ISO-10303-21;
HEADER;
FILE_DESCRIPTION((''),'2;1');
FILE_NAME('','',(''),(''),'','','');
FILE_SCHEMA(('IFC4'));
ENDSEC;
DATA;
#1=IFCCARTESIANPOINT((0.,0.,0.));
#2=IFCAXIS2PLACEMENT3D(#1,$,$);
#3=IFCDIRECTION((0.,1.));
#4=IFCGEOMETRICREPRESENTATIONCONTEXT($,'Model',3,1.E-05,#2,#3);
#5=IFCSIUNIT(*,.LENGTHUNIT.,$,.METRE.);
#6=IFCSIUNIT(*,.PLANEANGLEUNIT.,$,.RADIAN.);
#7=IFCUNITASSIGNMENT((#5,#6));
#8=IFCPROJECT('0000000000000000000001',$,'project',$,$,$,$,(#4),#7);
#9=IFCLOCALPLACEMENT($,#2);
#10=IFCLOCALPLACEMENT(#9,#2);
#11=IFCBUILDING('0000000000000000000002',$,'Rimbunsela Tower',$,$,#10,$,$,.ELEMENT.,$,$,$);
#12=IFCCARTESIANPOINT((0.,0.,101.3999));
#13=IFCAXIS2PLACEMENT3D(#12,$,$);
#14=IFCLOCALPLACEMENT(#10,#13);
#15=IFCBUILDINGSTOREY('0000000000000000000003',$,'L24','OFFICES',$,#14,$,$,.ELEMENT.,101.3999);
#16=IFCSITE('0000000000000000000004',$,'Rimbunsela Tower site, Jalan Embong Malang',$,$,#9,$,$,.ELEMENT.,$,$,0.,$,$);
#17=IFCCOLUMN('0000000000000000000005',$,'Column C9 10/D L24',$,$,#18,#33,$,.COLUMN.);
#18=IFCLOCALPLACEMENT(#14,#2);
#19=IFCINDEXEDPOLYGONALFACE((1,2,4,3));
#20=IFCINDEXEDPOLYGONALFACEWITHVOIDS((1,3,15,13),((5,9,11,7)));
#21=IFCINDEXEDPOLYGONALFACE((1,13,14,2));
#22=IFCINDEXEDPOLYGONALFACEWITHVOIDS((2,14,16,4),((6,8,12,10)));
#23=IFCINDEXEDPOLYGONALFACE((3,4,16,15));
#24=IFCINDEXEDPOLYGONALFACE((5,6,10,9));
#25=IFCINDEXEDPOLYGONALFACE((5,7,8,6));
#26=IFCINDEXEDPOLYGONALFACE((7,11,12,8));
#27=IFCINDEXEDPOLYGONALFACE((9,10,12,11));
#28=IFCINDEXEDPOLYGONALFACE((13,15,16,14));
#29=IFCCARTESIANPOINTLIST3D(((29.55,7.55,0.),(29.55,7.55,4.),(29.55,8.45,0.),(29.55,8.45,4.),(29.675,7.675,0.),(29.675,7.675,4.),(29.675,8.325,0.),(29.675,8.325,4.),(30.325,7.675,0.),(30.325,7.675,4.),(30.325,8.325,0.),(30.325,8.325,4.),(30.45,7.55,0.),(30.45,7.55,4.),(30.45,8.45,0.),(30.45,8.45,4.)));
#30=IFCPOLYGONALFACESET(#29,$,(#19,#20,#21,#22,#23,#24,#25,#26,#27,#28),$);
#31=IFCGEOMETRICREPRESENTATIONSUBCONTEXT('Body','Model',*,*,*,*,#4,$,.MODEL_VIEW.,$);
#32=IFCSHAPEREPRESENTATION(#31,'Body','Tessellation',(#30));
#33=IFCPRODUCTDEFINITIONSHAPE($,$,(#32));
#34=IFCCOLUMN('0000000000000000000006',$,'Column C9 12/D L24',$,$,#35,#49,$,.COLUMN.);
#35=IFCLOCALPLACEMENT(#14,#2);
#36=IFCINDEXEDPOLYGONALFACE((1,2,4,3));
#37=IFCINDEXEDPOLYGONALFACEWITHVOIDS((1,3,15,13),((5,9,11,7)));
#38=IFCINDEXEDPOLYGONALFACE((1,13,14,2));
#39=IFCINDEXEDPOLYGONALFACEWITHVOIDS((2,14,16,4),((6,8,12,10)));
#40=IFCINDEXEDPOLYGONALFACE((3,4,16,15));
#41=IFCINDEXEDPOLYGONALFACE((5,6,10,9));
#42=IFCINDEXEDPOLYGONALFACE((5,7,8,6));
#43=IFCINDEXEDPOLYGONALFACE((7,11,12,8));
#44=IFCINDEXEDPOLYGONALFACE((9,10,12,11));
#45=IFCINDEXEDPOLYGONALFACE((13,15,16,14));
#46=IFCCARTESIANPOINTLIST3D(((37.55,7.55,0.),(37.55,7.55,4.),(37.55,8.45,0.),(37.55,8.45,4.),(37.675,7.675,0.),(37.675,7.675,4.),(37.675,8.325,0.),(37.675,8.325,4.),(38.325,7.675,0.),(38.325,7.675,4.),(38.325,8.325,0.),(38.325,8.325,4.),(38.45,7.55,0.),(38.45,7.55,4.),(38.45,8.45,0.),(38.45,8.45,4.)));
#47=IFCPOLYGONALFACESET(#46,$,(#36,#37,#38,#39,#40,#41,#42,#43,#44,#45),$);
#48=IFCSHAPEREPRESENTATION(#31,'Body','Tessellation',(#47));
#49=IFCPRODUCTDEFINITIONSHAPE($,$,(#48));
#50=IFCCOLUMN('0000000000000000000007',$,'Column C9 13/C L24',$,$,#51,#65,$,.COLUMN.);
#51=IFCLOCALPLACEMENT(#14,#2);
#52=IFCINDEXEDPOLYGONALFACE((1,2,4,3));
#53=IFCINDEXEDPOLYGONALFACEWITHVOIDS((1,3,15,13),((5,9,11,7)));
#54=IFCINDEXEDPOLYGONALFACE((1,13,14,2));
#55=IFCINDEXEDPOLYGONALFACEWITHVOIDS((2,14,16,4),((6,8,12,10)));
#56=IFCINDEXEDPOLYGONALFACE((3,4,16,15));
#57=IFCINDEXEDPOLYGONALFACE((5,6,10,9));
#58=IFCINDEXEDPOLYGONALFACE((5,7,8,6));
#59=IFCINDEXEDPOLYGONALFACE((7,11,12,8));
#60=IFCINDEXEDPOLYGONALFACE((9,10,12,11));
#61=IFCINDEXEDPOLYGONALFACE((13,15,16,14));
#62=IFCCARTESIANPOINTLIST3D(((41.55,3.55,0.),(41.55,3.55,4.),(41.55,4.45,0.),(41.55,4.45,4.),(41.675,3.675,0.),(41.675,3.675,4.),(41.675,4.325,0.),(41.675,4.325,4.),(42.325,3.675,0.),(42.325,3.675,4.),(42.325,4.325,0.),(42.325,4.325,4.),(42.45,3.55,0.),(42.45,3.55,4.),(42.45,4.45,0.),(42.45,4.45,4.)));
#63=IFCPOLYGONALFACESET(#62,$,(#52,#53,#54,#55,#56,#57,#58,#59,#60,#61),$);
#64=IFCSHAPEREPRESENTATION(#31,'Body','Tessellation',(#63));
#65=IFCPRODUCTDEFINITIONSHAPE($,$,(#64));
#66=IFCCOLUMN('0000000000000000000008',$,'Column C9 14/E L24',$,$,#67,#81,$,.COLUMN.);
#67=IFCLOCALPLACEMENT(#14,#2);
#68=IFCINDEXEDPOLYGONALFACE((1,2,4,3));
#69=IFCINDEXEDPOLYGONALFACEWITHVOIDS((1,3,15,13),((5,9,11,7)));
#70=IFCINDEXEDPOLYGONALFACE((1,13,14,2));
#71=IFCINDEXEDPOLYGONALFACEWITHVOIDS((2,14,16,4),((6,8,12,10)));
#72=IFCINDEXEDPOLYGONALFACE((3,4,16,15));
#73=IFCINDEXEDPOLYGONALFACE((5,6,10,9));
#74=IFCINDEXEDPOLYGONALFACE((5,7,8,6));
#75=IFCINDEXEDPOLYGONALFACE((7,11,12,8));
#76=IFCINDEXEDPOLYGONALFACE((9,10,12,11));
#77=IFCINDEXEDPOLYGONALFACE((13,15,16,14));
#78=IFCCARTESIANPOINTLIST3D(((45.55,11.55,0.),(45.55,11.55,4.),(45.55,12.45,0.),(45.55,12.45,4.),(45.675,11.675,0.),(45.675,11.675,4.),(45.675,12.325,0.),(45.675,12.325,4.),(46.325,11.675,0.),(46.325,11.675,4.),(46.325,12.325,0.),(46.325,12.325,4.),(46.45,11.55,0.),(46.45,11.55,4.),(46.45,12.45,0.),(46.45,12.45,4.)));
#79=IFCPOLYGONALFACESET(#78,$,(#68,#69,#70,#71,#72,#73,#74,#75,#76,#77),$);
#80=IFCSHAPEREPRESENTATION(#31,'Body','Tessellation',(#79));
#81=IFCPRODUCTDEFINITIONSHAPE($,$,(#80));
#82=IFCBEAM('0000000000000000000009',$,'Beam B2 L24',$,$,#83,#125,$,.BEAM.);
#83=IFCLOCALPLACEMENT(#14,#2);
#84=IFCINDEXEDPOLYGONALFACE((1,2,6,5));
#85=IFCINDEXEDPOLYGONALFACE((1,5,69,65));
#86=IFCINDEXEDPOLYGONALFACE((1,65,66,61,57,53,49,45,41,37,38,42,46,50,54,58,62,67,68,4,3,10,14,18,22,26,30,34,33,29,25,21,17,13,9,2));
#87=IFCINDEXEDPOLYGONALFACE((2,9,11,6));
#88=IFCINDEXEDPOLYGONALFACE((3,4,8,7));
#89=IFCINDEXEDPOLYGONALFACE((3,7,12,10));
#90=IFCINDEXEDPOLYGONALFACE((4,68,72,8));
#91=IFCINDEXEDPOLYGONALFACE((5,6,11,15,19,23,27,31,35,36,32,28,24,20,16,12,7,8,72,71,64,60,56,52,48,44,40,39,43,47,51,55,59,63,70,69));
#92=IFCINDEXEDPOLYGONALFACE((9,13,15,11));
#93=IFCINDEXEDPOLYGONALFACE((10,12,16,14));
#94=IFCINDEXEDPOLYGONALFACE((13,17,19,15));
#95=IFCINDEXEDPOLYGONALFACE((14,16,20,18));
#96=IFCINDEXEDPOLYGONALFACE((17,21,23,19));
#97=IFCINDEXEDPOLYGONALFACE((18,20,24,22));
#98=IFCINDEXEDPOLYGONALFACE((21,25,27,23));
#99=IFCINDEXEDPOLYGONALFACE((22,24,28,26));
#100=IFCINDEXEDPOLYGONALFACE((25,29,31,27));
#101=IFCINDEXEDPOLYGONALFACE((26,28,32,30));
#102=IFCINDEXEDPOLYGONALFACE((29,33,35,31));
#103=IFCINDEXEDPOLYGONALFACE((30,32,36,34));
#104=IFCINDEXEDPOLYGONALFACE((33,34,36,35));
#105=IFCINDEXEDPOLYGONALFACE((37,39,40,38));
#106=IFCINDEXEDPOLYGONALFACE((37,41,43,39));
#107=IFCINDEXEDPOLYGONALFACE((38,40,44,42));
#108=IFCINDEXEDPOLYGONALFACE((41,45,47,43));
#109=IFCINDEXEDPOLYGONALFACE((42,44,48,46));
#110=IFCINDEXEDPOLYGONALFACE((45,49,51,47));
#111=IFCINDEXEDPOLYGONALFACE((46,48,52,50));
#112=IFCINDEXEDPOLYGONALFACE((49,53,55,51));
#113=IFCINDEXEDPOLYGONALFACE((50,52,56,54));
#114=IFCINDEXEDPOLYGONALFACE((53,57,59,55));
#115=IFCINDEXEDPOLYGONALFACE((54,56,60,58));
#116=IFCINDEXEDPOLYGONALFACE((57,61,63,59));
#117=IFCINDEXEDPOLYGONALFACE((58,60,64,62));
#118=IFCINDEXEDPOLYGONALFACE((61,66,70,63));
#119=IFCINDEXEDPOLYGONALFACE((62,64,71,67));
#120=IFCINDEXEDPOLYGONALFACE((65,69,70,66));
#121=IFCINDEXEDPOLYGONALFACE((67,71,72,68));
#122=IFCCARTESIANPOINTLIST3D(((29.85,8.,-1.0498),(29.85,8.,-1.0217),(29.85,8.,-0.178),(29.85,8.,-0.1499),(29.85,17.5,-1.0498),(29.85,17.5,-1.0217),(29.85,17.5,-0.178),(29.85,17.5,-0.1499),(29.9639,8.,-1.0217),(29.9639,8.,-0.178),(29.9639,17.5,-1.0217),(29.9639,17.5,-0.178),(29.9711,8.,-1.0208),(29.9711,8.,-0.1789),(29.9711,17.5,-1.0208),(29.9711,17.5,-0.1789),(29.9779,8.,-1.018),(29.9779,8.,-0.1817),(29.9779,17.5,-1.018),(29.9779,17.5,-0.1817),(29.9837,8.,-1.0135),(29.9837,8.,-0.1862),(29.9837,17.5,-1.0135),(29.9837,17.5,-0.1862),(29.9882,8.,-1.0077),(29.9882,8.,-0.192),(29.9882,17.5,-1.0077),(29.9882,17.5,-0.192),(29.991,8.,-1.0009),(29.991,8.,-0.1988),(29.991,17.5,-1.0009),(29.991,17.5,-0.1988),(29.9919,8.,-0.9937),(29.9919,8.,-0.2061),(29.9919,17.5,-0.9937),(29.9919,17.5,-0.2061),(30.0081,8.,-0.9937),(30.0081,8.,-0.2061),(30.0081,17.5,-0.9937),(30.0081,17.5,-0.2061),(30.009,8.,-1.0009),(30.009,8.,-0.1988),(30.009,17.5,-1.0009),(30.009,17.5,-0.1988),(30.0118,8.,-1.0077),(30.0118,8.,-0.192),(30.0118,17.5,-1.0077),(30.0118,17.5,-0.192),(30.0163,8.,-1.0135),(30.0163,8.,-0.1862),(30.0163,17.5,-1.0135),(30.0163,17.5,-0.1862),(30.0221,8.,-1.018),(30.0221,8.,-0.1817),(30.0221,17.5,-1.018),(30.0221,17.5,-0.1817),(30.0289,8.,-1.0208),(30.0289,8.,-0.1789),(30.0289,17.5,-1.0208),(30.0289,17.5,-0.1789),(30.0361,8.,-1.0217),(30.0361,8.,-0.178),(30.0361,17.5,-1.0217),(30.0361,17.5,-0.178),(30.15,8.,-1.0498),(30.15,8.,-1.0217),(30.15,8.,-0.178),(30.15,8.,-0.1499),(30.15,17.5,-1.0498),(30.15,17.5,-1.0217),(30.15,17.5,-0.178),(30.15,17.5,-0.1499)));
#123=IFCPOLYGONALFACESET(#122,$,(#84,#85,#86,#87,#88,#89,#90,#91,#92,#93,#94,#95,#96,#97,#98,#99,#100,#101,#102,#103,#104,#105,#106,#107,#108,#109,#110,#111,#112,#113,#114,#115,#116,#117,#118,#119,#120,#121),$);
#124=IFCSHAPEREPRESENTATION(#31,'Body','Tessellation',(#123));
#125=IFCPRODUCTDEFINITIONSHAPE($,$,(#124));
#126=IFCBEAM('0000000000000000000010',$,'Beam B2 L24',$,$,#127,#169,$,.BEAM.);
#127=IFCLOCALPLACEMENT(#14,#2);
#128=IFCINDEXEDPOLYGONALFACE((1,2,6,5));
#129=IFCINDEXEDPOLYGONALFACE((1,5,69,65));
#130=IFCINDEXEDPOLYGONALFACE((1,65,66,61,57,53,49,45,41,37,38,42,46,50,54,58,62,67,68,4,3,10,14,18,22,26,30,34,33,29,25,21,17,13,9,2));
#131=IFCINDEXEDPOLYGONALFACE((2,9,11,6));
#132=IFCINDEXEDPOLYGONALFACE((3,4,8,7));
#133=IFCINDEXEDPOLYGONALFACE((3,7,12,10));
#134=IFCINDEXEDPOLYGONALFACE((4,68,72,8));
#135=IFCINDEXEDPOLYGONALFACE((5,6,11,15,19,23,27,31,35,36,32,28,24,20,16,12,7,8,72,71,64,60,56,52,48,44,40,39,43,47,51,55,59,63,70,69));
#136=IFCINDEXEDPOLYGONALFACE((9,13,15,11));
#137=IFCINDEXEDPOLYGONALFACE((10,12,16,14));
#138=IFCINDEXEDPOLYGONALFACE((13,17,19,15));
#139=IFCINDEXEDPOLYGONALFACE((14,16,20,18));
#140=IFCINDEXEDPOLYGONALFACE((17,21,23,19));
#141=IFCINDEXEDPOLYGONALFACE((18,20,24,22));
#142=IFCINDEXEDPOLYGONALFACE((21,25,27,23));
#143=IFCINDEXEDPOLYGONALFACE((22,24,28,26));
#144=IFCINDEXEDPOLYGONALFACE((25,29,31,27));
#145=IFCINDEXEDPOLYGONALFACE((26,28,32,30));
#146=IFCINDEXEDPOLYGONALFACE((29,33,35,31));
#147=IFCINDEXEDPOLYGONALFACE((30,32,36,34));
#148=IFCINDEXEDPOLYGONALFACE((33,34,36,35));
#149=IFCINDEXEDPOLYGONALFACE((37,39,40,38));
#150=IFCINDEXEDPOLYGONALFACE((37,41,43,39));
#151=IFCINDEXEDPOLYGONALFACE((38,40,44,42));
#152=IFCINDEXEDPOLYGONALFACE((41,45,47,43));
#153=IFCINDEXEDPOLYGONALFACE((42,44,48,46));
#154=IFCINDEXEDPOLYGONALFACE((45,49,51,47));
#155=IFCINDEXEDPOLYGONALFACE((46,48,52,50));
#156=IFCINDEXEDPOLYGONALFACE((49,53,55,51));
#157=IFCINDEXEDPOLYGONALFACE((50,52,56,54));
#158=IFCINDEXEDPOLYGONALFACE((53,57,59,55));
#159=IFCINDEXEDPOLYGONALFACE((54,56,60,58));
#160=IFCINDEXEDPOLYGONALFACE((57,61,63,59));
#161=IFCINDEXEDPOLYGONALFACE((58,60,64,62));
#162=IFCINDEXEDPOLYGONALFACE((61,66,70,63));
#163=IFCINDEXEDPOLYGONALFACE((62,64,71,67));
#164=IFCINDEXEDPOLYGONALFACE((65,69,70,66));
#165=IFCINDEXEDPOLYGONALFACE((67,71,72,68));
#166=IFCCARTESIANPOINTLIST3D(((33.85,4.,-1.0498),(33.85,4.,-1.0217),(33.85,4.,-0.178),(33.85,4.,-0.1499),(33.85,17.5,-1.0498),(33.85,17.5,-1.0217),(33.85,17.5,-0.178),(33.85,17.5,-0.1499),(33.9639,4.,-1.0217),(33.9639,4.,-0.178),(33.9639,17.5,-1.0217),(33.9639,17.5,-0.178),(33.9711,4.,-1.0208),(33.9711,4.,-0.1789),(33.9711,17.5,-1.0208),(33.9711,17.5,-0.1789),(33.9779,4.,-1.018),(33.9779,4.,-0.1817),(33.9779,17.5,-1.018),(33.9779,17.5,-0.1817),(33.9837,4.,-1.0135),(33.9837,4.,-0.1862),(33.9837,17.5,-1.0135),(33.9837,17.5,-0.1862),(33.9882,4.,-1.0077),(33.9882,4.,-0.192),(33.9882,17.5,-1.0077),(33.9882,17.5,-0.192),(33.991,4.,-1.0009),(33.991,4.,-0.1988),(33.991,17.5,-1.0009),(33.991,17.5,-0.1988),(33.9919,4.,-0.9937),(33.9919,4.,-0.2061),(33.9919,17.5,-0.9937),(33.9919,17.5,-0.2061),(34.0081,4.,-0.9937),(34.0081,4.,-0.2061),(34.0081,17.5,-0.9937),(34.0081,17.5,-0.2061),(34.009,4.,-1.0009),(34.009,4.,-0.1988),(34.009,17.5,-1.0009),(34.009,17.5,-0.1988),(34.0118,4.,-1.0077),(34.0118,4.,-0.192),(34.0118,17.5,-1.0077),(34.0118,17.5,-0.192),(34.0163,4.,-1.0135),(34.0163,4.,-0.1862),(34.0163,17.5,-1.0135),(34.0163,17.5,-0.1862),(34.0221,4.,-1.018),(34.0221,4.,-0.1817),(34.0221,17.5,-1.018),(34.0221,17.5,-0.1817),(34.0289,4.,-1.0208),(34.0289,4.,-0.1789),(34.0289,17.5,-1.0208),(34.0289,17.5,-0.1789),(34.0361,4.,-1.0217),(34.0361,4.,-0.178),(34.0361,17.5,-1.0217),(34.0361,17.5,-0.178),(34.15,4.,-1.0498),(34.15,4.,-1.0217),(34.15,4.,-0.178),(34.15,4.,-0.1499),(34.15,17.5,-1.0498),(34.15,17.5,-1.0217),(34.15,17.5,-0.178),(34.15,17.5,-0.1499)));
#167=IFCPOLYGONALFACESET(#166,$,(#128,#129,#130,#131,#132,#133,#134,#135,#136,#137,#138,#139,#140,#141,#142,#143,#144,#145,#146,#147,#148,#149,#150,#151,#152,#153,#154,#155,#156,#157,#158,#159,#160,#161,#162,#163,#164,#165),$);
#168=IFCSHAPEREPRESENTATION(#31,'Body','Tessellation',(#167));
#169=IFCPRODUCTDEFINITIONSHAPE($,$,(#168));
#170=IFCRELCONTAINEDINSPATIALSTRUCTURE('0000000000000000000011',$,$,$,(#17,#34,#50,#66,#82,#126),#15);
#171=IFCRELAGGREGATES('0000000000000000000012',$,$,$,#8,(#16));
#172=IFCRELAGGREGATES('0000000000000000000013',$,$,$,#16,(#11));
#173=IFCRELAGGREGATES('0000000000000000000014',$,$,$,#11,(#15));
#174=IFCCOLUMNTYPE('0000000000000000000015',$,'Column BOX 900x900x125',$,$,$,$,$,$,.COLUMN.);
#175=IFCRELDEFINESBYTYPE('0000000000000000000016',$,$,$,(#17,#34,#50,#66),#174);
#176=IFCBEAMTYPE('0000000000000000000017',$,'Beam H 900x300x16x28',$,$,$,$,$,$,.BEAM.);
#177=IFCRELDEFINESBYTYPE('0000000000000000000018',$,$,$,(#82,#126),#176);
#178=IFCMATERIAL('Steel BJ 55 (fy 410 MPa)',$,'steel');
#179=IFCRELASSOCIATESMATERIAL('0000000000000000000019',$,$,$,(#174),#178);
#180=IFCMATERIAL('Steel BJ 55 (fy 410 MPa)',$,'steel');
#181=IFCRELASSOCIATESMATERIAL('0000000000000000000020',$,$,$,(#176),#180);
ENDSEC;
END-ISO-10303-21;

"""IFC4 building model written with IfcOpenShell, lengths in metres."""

from ifc_helpers import new_model, si_unit, direction, frame, origin, origin_2d, place, context, subcontext, project, spatial, hollow_rectangle, i_section, extrude, material, material_profile, profile_set, type_object, element, save


model = new_model("IFC4")

# Units and contexts
model_context = context("Model", 3, precision=1e-05, world=origin(), true_north=direction((0.0, 1.0)))
body_context = subcontext(model_context, "Body", "Model", "MODEL_VIEW")
ifc_project = project(units=[si_unit("LENGTHUNIT", "METRE"), si_unit("PLANEANGLEUNIT", "RADIAN")], contexts=[model_context])

# Site, building, storey
site_placement = place(None, origin())
site = spatial("IfcSite", under=ifc_project, at=site_placement, Name="Rimbunsela Tower site, Jalan Embong Malang", CompositionType="ELEMENT", RefElevation=0.0)
building_placement = place(site_placement, origin())
building = spatial("IfcBuilding", under=site, at=building_placement, Name="Rimbunsela Tower", CompositionType="ELEMENT")
storey_placement = place(building_placement, frame((0.0, 0.0, 101.3999)))
storey = spatial("IfcBuildingStorey", under=building, at=storey_placement, Name="L24", Description="OFFICES", CompositionType="ELEMENT", Elevation=101.3999)

# Columns
ifc_material_1 = material(Name="Steel BJ 55 (fy 410 MPa)", Category="steel")
ifc_material_profile_1 = material_profile(ifc_material_1, hollow_rectangle(XDim=0.8999, YDim=0.8999, WallThickness=0.125, at=origin_2d()), Name="BOX 900x900x125")
ifc_profile_set_1 = profile_set([ifc_material_profile_1], Name="Steel BJ 55 (fy 410 MPa)")
column_type = type_object("IfcColumnType", Name="Column BOX 900x900x125", PredefinedType="COLUMN", material=ifc_profile_set_1)
for number, where, z_axis, x_axis, name in (
    (1, (30.0, 8.0, 0.0), (0.0, 0.0, 1.0), (1.0, 0.0, 0.0), "Column C9 10/D L24"),
    (2, (38.0, 8.0, 0.0), (0.0, 0.0, 1.0), (1.0, 0.0, 0.0), "Column C9 12/D L24"),
    (3, (42.0, 4.0, 0.0), (0.0, 0.0, 1.0), (1.0, 0.0, 0.0), "Column C9 13/C L24"),
    (4, (46.0, 12.0, 0.0), (0.0, 0.0, 1.0), (1.0, 0.0, 0.0), "Column C9 14/E L24"),
):
    element("IfcColumn", number, at=place(storey_placement, frame(where, z_axis=z_axis, x_axis=x_axis)), inside=storey, type_object=column_type, Name=name, PredefinedType="COLUMN", context=body_context, shape_type="SweptSolid", body=[
        extrude(hollow_rectangle(XDim=0.8999, YDim=0.8999, WallThickness=0.125, at=origin_2d()), origin(), (0.0, 0.0, 1.0), 4.0),
    ])

# Beams
ifc_material_2 = material(Name="Steel BJ 55 (fy 410 MPa)", Category="steel")
ifc_material_profile_2 = material_profile(ifc_material_2, i_section(OverallWidth=0.3, OverallDepth=0.8999, WebThickness=0.0161, FlangeThickness=0.0281, FilletRadius=0.0281, at=origin_2d()), Name="H 900x300x16x28")
ifc_profile_set_2 = profile_set([ifc_material_profile_2], Name="Steel BJ 55 (fy 410 MPa)")
beam_type = type_object("IfcBeamType", Name="Beam H 900x300x16x28", PredefinedType="BEAM", material=ifc_profile_set_2)
beam_1_placement = place(storey_placement, frame((30.0, 8.0, -0.5999), z_axis=(0.0, 1.0, 0.0), x_axis=(-1.0, 0.0, 0.0)))
element("IfcBeam", 5, at=beam_1_placement, inside=storey, type_object=beam_type, Name="Beam B2 L24", PredefinedType="BEAM", context=body_context, shape_type="SweptSolid", body=[
    extrude(i_section(OverallWidth=0.3, OverallDepth=0.8999, WebThickness=0.0161, FlangeThickness=0.0281, FilletRadius=0.0281, at=origin_2d()), origin(), (0.0, 0.0, 1.0), 9.5),
])
beam_2_placement = place(storey_placement, frame((34.0, 4.0, -0.5999), z_axis=(0.0, 1.0, 0.0), x_axis=(-1.0, 0.0, 0.0)))
element("IfcBeam", 6, at=beam_2_placement, inside=storey, type_object=beam_type, Name="Beam B2 L24", PredefinedType="BEAM", context=body_context, shape_type="SweptSolid", body=[
    extrude(i_section(OverallWidth=0.3, OverallDepth=0.8999, WebThickness=0.0161, FlangeThickness=0.0281, FilletRadius=0.0281, at=origin_2d()), origin(), (0.0, 0.0, 1.0), 13.5),
])

save(model, "model.ifc")
